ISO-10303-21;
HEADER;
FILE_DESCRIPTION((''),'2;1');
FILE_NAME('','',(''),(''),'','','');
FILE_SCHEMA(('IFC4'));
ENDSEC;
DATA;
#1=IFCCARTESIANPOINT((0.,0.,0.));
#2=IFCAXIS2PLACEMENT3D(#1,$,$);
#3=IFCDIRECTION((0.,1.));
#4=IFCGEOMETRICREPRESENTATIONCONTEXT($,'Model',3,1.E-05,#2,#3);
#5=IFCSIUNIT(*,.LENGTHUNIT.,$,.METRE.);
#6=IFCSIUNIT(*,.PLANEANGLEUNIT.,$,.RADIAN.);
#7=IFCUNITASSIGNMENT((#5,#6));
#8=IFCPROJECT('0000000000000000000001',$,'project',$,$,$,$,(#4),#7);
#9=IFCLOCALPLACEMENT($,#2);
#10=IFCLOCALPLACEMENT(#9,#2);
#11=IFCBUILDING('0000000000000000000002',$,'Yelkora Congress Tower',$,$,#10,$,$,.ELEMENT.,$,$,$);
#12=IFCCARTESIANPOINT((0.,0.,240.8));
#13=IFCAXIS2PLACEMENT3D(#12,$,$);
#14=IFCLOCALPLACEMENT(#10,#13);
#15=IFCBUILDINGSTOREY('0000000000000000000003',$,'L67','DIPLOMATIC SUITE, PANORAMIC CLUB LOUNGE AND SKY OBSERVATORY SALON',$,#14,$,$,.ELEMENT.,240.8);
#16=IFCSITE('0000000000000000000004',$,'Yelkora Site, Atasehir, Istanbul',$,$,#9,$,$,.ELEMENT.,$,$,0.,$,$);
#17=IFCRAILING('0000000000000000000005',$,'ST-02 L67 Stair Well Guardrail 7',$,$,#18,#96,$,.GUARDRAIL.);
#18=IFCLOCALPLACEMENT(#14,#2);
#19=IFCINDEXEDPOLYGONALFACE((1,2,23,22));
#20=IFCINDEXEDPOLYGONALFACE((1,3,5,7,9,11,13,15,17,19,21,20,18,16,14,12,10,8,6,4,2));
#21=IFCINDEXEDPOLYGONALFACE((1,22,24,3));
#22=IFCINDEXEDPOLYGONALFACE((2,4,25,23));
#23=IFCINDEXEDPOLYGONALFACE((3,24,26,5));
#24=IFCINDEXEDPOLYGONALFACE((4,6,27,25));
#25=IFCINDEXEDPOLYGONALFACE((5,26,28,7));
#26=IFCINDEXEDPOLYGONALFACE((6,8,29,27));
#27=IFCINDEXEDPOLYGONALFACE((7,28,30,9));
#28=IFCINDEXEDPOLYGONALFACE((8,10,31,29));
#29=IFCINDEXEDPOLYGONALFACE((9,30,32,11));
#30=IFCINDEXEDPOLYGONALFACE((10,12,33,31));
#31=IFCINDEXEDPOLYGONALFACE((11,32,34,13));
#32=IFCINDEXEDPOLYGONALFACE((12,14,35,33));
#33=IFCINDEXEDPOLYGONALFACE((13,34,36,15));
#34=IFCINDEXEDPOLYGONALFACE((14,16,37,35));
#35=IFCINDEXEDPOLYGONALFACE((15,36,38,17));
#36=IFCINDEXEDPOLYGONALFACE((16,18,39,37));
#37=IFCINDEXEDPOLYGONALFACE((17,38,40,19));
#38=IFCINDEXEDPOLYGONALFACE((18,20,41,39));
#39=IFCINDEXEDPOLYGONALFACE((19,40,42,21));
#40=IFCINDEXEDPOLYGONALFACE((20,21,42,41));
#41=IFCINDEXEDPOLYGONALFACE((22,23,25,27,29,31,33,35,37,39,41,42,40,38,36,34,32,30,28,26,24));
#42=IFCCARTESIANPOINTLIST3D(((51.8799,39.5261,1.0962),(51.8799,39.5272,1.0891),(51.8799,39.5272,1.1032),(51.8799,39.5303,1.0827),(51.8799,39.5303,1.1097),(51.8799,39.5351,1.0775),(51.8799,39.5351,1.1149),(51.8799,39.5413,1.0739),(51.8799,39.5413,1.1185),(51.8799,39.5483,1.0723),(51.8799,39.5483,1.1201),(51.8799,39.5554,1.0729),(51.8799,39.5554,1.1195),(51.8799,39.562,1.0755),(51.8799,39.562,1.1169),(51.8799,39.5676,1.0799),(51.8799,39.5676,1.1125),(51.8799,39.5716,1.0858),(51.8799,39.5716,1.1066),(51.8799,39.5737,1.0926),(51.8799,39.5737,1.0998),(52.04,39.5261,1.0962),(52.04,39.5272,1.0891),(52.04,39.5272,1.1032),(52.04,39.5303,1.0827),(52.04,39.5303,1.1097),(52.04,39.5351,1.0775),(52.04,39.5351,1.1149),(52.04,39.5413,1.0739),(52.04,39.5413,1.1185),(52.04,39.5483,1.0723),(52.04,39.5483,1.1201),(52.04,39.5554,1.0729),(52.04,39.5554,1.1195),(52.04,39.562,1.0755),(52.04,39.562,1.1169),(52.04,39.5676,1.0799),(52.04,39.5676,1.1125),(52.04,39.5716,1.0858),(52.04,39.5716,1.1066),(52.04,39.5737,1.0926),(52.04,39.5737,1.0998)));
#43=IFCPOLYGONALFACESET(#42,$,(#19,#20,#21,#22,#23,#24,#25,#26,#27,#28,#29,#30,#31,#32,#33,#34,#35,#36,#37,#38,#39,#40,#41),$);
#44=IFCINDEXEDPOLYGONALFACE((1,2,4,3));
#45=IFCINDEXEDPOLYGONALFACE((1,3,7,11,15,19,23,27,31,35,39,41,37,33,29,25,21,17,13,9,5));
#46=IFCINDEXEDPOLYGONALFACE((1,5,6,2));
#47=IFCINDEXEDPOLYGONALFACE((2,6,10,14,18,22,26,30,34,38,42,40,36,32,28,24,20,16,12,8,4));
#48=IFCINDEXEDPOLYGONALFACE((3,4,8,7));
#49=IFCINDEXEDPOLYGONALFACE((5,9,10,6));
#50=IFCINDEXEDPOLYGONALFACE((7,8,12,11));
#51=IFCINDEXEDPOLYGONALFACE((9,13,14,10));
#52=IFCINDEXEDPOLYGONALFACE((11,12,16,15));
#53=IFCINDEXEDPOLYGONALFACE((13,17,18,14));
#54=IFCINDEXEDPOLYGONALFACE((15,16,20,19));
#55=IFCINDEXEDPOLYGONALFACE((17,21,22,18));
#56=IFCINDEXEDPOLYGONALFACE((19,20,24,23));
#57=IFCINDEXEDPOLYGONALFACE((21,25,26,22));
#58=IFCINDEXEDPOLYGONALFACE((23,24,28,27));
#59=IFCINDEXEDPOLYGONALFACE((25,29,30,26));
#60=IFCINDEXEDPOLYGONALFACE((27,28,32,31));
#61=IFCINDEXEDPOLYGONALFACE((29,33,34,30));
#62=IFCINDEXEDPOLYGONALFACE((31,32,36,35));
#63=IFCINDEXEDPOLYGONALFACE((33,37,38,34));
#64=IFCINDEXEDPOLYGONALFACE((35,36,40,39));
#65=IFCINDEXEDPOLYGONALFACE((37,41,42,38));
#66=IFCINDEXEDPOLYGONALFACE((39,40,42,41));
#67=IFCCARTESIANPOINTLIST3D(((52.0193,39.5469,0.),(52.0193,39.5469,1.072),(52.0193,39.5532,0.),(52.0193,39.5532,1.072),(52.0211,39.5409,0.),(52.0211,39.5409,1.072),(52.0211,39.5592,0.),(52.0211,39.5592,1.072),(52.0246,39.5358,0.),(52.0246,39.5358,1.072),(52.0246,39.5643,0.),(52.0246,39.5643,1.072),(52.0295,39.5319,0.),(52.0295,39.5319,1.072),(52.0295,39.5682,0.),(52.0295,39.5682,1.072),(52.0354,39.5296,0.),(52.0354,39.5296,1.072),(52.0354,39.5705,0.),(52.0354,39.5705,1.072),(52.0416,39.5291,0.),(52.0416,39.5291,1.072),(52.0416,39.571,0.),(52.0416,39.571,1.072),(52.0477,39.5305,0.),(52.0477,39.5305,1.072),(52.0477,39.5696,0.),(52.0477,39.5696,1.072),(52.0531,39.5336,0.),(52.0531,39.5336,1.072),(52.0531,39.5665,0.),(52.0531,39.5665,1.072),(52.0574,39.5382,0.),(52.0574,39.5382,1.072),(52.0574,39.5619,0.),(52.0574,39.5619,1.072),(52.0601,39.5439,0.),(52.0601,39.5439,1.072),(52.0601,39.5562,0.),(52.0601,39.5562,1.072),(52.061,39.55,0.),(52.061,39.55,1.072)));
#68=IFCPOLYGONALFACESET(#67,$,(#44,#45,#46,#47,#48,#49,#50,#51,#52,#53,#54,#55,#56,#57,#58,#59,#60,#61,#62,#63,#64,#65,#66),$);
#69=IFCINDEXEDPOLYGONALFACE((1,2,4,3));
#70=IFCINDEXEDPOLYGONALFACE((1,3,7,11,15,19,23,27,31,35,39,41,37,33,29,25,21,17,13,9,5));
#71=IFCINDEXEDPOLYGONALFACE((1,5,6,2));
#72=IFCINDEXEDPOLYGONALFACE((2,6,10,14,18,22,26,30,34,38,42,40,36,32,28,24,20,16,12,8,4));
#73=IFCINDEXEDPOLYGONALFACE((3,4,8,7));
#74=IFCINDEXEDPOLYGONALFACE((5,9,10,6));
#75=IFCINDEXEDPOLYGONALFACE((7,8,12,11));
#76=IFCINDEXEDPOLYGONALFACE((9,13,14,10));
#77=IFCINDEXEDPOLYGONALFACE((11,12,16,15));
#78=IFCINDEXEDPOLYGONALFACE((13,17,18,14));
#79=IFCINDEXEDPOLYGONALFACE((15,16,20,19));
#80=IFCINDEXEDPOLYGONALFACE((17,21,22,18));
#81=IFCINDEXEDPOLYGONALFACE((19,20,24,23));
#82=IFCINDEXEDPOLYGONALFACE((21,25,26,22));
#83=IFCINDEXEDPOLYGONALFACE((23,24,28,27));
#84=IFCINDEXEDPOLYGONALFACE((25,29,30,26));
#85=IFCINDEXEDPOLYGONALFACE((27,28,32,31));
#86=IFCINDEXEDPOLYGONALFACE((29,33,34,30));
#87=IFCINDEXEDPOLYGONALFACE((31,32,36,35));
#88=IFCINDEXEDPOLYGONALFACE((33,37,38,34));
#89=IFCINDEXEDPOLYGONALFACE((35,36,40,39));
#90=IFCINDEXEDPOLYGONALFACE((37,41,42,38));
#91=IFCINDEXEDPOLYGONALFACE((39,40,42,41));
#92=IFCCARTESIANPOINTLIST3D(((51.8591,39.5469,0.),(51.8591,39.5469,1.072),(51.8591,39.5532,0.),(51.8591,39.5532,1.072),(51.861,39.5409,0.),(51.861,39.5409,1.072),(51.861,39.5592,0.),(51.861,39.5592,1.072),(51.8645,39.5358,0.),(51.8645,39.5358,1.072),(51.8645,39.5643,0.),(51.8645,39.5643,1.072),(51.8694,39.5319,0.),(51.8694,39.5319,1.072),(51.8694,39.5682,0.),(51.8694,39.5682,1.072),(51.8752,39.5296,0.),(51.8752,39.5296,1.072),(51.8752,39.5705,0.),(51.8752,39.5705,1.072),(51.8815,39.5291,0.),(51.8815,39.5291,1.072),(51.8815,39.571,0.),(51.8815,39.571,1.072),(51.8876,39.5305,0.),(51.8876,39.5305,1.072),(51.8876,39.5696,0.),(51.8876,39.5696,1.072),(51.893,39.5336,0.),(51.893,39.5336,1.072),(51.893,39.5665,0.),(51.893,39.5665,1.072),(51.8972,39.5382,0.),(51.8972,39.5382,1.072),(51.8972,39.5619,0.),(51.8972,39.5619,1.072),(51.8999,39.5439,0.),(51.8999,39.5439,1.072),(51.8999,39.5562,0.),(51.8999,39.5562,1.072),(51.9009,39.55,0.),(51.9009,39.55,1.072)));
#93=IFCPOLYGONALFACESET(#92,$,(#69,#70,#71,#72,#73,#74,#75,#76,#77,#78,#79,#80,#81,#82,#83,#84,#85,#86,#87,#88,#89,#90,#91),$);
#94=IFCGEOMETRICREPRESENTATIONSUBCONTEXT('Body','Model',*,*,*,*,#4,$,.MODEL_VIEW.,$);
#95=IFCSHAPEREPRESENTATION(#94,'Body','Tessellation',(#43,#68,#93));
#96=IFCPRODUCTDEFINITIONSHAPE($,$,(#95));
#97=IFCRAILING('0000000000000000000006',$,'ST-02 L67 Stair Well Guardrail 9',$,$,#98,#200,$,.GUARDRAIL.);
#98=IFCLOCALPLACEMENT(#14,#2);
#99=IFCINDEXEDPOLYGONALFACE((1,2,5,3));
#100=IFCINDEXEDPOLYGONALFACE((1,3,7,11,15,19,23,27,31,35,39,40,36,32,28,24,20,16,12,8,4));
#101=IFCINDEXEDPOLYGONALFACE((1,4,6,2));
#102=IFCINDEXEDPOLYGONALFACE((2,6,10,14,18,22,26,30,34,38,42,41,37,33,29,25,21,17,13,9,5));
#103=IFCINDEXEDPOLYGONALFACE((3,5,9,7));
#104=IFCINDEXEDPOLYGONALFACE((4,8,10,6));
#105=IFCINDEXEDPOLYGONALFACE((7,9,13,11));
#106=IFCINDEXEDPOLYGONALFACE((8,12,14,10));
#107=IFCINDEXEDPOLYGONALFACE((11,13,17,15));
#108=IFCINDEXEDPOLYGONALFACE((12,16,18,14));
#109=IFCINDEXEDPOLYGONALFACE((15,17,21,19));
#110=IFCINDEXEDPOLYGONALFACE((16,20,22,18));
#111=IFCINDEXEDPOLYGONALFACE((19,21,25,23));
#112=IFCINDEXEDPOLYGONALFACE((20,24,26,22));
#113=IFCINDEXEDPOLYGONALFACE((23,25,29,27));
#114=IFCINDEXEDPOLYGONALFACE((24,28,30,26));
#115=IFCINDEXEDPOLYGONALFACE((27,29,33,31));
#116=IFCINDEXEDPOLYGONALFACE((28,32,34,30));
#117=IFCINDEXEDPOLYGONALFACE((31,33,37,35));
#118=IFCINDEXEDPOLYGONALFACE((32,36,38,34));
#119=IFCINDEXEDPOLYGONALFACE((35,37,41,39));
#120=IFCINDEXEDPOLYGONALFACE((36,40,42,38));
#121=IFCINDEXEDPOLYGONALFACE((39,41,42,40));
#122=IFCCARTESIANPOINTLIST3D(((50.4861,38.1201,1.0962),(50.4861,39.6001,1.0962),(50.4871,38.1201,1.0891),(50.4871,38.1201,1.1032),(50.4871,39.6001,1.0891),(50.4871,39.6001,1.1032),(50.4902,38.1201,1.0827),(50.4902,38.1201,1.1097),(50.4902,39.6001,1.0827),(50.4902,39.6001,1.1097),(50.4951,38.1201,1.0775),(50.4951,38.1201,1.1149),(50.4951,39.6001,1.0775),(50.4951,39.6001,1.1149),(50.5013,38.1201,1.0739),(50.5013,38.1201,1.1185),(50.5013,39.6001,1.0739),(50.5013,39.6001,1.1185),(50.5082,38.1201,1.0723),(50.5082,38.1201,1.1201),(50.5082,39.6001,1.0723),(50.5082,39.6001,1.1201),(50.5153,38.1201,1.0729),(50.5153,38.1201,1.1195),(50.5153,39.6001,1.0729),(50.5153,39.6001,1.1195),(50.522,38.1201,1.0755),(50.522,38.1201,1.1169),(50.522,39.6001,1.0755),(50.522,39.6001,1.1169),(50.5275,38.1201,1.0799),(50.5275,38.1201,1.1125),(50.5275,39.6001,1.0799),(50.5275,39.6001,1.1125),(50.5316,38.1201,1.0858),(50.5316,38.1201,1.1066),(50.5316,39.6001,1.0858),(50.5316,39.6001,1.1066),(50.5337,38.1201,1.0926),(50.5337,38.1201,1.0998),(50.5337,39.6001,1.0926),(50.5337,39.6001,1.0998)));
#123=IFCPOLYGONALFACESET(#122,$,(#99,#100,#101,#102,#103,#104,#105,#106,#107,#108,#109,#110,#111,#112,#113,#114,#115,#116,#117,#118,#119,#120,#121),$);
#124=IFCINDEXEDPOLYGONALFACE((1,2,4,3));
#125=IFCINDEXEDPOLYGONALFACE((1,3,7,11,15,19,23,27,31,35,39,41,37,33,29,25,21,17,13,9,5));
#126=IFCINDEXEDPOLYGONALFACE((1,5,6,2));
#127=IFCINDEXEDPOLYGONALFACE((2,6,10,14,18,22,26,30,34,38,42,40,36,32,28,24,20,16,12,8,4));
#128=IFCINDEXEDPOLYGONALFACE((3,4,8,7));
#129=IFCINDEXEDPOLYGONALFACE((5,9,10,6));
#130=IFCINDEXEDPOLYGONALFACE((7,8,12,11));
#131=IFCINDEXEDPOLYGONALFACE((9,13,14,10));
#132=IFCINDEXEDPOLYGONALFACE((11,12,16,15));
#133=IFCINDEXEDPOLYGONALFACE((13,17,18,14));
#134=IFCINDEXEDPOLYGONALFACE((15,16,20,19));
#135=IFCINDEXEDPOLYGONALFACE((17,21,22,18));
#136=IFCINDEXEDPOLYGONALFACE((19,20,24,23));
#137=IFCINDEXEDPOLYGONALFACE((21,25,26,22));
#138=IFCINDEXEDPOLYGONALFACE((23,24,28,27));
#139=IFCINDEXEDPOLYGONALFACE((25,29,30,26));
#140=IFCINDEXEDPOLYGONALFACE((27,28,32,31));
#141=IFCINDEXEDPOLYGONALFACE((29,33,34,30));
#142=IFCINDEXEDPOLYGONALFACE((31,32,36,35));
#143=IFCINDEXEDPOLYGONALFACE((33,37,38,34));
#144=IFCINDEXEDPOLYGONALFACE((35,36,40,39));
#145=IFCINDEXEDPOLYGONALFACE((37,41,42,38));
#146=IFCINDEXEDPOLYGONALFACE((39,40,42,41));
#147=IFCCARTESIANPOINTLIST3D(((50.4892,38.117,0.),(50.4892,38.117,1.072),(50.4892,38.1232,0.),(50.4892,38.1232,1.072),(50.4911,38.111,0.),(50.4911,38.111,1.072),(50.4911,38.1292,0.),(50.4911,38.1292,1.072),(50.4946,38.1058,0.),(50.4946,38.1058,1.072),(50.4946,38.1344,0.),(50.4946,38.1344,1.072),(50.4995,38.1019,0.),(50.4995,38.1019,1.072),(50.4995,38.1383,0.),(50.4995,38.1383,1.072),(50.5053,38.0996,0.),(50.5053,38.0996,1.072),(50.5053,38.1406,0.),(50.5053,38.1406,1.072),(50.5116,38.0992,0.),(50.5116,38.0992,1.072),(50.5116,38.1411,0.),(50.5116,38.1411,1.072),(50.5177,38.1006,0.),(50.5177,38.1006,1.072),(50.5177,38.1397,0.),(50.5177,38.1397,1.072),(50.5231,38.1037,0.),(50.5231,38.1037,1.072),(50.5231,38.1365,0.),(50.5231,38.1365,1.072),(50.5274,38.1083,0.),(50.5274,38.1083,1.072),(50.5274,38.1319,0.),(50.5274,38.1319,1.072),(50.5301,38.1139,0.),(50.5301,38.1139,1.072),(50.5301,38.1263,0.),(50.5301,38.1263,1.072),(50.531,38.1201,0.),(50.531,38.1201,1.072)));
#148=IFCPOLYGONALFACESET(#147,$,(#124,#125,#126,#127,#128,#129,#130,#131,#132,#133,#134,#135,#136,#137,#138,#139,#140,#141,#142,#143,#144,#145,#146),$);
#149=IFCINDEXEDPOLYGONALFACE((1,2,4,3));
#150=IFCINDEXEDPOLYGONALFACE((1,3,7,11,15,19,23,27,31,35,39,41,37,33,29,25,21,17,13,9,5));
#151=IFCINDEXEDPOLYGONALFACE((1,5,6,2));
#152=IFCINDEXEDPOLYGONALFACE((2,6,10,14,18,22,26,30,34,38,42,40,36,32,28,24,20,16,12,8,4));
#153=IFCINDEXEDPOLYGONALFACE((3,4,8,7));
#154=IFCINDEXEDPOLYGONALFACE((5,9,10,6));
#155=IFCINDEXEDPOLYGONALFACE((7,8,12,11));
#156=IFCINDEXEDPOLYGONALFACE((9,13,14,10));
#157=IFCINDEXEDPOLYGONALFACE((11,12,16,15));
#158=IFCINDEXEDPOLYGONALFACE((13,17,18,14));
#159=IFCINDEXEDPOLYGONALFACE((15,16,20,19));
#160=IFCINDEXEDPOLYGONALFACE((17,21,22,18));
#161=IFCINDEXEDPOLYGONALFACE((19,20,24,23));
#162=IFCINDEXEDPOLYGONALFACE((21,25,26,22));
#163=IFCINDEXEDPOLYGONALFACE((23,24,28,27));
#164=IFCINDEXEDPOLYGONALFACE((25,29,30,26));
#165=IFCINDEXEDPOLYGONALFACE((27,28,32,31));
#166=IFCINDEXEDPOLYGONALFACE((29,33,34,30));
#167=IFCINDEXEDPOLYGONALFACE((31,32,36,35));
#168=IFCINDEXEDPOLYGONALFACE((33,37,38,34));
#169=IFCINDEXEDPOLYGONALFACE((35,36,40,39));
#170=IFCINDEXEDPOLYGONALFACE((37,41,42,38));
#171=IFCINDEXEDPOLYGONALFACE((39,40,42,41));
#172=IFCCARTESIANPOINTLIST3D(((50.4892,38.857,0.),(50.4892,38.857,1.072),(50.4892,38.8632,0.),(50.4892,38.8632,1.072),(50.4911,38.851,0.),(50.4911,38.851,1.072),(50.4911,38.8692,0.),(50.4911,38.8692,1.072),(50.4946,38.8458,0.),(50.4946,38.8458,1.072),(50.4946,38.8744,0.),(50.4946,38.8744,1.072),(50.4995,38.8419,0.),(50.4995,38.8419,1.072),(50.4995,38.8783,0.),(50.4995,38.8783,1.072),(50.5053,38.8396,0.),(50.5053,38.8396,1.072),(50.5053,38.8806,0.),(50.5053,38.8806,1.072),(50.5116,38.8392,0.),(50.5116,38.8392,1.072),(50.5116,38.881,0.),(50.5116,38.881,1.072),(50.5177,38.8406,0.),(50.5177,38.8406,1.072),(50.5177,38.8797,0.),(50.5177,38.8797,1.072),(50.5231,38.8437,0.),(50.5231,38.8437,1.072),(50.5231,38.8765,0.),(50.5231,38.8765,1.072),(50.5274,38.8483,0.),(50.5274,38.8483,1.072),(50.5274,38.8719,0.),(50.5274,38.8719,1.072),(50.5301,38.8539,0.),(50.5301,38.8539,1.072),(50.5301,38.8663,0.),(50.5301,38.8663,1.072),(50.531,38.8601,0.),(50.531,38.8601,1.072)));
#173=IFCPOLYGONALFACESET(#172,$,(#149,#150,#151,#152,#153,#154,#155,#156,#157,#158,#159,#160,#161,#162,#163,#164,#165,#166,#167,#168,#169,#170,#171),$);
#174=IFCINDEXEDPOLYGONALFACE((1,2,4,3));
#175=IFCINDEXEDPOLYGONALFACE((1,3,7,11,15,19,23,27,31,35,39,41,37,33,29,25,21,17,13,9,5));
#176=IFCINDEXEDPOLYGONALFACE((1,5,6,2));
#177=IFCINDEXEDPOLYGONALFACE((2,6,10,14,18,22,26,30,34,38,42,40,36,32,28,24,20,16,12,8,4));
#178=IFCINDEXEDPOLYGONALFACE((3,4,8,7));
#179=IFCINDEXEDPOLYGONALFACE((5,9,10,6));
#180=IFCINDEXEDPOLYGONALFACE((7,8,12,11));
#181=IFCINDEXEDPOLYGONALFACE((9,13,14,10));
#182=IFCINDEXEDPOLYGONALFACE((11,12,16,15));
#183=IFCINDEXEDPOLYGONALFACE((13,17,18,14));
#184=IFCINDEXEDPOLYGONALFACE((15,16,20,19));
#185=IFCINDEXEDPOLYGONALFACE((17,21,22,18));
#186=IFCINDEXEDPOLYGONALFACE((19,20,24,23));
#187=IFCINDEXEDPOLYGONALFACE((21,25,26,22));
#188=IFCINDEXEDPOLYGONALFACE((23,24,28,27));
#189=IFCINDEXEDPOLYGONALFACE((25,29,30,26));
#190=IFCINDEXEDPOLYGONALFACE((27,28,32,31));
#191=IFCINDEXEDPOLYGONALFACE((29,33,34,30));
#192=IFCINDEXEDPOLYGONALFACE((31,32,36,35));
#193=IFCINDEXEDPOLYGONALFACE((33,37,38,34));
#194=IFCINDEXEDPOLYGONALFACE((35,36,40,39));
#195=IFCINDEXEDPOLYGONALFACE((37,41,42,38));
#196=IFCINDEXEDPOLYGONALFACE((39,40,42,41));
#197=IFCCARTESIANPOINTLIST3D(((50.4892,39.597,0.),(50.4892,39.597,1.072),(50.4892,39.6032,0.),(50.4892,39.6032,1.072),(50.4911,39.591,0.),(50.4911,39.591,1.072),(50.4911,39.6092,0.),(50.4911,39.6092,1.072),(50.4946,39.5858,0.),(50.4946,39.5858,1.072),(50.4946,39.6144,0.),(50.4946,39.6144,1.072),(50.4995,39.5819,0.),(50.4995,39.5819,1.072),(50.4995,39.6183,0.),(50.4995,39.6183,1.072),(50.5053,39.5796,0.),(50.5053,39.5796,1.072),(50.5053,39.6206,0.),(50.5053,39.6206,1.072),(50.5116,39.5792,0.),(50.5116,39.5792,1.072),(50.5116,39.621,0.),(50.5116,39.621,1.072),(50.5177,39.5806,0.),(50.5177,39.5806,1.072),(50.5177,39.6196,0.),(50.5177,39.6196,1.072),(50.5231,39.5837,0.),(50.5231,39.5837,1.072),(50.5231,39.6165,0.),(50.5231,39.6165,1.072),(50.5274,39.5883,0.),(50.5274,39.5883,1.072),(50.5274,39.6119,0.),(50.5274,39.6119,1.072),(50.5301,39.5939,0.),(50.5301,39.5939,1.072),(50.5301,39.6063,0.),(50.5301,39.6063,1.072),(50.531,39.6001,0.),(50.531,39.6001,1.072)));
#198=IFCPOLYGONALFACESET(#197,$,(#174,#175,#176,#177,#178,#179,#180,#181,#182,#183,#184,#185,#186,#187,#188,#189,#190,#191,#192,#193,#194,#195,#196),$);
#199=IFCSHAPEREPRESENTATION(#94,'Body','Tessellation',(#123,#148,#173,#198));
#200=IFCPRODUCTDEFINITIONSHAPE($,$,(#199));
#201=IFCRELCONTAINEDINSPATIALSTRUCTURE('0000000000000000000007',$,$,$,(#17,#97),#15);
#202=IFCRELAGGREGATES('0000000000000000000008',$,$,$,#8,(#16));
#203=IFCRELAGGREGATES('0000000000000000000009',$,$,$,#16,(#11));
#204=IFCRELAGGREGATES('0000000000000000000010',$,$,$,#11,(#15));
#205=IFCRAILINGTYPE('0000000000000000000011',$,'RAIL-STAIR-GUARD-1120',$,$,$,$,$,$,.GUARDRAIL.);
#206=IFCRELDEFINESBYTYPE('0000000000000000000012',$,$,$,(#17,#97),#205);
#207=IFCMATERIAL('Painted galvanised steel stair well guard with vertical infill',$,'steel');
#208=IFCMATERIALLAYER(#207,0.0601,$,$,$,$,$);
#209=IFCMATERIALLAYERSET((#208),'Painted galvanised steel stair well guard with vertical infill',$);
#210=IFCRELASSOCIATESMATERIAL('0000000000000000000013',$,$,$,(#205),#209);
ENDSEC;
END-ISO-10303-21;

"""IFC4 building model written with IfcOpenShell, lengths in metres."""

from ifc_helpers import new_model, si_unit, direction, frame, origin, origin_2d, place, context, subcontext, project, spatial, circle, extrude, material, layer, layer_set, type_object, element, save


model = new_model("IFC4")

# Units and contexts
model_context = context("Model", 3, precision=1e-05, world=origin(), true_north=direction((0.0, 1.0)))
body_context = subcontext(model_context, "Body", "Model", "MODEL_VIEW")
ifc_project = project(units=[si_unit("LENGTHUNIT", "METRE"), si_unit("PLANEANGLEUNIT", "RADIAN")], contexts=[model_context])

# Site, building, storey
site_placement = place(None, origin())
site = spatial("IfcSite", under=ifc_project, at=site_placement, Name="Yelkora Site, Atasehir, Istanbul", CompositionType="ELEMENT", RefElevation=0.0)
building_placement = place(site_placement, origin())
building = spatial("IfcBuilding", under=site, at=building_placement, Name="Yelkora Congress Tower", CompositionType="ELEMENT")
storey_placement = place(building_placement, frame((0.0, 0.0, 240.8)))
storey = spatial("IfcBuildingStorey", under=building, at=storey_placement, Name="L67", Description="DIPLOMATIC SUITE, PANORAMIC CLUB LOUNGE AND SKY OBSERVATORY SALON", CompositionType="ELEMENT", Elevation=240.8)

# Railings
ifc_material_1 = material(Name="Painted galvanised steel stair well guard with vertical infill", Category="steel")
ifc_layer_1 = layer(ifc_material_1, 0.0601)
ifc_layer_set_1 = layer_set([ifc_layer_1], Name="Painted galvanised steel stair well guard with vertical infill")
railing_type_1 = type_object("IfcRailingType", Name="RAIL-STAIR-GUARD-1120", PredefinedType="GUARDRAIL", material=ifc_layer_set_1)
railing_1_placement = place(storey_placement, frame((52.04, 39.55, 0.0)))
element("IfcRailing", 1, at=railing_1_placement, inside=storey, type_object=railing_type_1, Name="ST-02 L67 Stair Well Guardrail 7", PredefinedType="GUARDRAIL", context=body_context, shape_type="SweptSolid", body=[
    extrude(circle(Radius=0.0239, at=origin_2d()), frame((0.0, 0.0, 1.0962), z_axis=(-1.0, 0.0, 0.0), x_axis=(0.0, -1.0, 0.0)), (0.0, 0.0, 1.0), 0.1602),
    extrude(circle(Radius=0.021, at=origin_2d()), origin(), (0.0, 0.0, 1.0), 1.072),
    extrude(circle(Radius=0.021, at=origin_2d()), frame((-0.1602, 0.0, 0.0)), (0.0, 0.0, 1.0), 1.072),
])
railing_2_placement = place(storey_placement, frame((50.51, 38.1201, 0.0)))
element("IfcRailing", 2, at=railing_2_placement, inside=storey, type_object=railing_type_1, Name="ST-02 L67 Stair Well Guardrail 9", PredefinedType="GUARDRAIL", context=body_context, shape_type="SweptSolid", body=[
    extrude(circle(Radius=0.0239, at=origin_2d()), frame((0.0, 0.0, 1.0962), z_axis=(0.0, 1.0, 0.0), x_axis=(-1.0, 0.0, 0.0)), (0.0, 0.0, 1.0), 1.48),
    extrude(circle(Radius=0.021, at=origin_2d()), origin(), (0.0, 0.0, 1.0), 1.072),
    extrude(circle(Radius=0.021, at=origin_2d()), frame((0.0, 0.74, 0.0)), (0.0, 0.0, 1.0), 1.072),
    extrude(circle(Radius=0.021, at=origin_2d()), frame((0.0, 1.48, 0.0)), (0.0, 0.0, 1.0), 1.072),
])

save(model, "model.ifc")
